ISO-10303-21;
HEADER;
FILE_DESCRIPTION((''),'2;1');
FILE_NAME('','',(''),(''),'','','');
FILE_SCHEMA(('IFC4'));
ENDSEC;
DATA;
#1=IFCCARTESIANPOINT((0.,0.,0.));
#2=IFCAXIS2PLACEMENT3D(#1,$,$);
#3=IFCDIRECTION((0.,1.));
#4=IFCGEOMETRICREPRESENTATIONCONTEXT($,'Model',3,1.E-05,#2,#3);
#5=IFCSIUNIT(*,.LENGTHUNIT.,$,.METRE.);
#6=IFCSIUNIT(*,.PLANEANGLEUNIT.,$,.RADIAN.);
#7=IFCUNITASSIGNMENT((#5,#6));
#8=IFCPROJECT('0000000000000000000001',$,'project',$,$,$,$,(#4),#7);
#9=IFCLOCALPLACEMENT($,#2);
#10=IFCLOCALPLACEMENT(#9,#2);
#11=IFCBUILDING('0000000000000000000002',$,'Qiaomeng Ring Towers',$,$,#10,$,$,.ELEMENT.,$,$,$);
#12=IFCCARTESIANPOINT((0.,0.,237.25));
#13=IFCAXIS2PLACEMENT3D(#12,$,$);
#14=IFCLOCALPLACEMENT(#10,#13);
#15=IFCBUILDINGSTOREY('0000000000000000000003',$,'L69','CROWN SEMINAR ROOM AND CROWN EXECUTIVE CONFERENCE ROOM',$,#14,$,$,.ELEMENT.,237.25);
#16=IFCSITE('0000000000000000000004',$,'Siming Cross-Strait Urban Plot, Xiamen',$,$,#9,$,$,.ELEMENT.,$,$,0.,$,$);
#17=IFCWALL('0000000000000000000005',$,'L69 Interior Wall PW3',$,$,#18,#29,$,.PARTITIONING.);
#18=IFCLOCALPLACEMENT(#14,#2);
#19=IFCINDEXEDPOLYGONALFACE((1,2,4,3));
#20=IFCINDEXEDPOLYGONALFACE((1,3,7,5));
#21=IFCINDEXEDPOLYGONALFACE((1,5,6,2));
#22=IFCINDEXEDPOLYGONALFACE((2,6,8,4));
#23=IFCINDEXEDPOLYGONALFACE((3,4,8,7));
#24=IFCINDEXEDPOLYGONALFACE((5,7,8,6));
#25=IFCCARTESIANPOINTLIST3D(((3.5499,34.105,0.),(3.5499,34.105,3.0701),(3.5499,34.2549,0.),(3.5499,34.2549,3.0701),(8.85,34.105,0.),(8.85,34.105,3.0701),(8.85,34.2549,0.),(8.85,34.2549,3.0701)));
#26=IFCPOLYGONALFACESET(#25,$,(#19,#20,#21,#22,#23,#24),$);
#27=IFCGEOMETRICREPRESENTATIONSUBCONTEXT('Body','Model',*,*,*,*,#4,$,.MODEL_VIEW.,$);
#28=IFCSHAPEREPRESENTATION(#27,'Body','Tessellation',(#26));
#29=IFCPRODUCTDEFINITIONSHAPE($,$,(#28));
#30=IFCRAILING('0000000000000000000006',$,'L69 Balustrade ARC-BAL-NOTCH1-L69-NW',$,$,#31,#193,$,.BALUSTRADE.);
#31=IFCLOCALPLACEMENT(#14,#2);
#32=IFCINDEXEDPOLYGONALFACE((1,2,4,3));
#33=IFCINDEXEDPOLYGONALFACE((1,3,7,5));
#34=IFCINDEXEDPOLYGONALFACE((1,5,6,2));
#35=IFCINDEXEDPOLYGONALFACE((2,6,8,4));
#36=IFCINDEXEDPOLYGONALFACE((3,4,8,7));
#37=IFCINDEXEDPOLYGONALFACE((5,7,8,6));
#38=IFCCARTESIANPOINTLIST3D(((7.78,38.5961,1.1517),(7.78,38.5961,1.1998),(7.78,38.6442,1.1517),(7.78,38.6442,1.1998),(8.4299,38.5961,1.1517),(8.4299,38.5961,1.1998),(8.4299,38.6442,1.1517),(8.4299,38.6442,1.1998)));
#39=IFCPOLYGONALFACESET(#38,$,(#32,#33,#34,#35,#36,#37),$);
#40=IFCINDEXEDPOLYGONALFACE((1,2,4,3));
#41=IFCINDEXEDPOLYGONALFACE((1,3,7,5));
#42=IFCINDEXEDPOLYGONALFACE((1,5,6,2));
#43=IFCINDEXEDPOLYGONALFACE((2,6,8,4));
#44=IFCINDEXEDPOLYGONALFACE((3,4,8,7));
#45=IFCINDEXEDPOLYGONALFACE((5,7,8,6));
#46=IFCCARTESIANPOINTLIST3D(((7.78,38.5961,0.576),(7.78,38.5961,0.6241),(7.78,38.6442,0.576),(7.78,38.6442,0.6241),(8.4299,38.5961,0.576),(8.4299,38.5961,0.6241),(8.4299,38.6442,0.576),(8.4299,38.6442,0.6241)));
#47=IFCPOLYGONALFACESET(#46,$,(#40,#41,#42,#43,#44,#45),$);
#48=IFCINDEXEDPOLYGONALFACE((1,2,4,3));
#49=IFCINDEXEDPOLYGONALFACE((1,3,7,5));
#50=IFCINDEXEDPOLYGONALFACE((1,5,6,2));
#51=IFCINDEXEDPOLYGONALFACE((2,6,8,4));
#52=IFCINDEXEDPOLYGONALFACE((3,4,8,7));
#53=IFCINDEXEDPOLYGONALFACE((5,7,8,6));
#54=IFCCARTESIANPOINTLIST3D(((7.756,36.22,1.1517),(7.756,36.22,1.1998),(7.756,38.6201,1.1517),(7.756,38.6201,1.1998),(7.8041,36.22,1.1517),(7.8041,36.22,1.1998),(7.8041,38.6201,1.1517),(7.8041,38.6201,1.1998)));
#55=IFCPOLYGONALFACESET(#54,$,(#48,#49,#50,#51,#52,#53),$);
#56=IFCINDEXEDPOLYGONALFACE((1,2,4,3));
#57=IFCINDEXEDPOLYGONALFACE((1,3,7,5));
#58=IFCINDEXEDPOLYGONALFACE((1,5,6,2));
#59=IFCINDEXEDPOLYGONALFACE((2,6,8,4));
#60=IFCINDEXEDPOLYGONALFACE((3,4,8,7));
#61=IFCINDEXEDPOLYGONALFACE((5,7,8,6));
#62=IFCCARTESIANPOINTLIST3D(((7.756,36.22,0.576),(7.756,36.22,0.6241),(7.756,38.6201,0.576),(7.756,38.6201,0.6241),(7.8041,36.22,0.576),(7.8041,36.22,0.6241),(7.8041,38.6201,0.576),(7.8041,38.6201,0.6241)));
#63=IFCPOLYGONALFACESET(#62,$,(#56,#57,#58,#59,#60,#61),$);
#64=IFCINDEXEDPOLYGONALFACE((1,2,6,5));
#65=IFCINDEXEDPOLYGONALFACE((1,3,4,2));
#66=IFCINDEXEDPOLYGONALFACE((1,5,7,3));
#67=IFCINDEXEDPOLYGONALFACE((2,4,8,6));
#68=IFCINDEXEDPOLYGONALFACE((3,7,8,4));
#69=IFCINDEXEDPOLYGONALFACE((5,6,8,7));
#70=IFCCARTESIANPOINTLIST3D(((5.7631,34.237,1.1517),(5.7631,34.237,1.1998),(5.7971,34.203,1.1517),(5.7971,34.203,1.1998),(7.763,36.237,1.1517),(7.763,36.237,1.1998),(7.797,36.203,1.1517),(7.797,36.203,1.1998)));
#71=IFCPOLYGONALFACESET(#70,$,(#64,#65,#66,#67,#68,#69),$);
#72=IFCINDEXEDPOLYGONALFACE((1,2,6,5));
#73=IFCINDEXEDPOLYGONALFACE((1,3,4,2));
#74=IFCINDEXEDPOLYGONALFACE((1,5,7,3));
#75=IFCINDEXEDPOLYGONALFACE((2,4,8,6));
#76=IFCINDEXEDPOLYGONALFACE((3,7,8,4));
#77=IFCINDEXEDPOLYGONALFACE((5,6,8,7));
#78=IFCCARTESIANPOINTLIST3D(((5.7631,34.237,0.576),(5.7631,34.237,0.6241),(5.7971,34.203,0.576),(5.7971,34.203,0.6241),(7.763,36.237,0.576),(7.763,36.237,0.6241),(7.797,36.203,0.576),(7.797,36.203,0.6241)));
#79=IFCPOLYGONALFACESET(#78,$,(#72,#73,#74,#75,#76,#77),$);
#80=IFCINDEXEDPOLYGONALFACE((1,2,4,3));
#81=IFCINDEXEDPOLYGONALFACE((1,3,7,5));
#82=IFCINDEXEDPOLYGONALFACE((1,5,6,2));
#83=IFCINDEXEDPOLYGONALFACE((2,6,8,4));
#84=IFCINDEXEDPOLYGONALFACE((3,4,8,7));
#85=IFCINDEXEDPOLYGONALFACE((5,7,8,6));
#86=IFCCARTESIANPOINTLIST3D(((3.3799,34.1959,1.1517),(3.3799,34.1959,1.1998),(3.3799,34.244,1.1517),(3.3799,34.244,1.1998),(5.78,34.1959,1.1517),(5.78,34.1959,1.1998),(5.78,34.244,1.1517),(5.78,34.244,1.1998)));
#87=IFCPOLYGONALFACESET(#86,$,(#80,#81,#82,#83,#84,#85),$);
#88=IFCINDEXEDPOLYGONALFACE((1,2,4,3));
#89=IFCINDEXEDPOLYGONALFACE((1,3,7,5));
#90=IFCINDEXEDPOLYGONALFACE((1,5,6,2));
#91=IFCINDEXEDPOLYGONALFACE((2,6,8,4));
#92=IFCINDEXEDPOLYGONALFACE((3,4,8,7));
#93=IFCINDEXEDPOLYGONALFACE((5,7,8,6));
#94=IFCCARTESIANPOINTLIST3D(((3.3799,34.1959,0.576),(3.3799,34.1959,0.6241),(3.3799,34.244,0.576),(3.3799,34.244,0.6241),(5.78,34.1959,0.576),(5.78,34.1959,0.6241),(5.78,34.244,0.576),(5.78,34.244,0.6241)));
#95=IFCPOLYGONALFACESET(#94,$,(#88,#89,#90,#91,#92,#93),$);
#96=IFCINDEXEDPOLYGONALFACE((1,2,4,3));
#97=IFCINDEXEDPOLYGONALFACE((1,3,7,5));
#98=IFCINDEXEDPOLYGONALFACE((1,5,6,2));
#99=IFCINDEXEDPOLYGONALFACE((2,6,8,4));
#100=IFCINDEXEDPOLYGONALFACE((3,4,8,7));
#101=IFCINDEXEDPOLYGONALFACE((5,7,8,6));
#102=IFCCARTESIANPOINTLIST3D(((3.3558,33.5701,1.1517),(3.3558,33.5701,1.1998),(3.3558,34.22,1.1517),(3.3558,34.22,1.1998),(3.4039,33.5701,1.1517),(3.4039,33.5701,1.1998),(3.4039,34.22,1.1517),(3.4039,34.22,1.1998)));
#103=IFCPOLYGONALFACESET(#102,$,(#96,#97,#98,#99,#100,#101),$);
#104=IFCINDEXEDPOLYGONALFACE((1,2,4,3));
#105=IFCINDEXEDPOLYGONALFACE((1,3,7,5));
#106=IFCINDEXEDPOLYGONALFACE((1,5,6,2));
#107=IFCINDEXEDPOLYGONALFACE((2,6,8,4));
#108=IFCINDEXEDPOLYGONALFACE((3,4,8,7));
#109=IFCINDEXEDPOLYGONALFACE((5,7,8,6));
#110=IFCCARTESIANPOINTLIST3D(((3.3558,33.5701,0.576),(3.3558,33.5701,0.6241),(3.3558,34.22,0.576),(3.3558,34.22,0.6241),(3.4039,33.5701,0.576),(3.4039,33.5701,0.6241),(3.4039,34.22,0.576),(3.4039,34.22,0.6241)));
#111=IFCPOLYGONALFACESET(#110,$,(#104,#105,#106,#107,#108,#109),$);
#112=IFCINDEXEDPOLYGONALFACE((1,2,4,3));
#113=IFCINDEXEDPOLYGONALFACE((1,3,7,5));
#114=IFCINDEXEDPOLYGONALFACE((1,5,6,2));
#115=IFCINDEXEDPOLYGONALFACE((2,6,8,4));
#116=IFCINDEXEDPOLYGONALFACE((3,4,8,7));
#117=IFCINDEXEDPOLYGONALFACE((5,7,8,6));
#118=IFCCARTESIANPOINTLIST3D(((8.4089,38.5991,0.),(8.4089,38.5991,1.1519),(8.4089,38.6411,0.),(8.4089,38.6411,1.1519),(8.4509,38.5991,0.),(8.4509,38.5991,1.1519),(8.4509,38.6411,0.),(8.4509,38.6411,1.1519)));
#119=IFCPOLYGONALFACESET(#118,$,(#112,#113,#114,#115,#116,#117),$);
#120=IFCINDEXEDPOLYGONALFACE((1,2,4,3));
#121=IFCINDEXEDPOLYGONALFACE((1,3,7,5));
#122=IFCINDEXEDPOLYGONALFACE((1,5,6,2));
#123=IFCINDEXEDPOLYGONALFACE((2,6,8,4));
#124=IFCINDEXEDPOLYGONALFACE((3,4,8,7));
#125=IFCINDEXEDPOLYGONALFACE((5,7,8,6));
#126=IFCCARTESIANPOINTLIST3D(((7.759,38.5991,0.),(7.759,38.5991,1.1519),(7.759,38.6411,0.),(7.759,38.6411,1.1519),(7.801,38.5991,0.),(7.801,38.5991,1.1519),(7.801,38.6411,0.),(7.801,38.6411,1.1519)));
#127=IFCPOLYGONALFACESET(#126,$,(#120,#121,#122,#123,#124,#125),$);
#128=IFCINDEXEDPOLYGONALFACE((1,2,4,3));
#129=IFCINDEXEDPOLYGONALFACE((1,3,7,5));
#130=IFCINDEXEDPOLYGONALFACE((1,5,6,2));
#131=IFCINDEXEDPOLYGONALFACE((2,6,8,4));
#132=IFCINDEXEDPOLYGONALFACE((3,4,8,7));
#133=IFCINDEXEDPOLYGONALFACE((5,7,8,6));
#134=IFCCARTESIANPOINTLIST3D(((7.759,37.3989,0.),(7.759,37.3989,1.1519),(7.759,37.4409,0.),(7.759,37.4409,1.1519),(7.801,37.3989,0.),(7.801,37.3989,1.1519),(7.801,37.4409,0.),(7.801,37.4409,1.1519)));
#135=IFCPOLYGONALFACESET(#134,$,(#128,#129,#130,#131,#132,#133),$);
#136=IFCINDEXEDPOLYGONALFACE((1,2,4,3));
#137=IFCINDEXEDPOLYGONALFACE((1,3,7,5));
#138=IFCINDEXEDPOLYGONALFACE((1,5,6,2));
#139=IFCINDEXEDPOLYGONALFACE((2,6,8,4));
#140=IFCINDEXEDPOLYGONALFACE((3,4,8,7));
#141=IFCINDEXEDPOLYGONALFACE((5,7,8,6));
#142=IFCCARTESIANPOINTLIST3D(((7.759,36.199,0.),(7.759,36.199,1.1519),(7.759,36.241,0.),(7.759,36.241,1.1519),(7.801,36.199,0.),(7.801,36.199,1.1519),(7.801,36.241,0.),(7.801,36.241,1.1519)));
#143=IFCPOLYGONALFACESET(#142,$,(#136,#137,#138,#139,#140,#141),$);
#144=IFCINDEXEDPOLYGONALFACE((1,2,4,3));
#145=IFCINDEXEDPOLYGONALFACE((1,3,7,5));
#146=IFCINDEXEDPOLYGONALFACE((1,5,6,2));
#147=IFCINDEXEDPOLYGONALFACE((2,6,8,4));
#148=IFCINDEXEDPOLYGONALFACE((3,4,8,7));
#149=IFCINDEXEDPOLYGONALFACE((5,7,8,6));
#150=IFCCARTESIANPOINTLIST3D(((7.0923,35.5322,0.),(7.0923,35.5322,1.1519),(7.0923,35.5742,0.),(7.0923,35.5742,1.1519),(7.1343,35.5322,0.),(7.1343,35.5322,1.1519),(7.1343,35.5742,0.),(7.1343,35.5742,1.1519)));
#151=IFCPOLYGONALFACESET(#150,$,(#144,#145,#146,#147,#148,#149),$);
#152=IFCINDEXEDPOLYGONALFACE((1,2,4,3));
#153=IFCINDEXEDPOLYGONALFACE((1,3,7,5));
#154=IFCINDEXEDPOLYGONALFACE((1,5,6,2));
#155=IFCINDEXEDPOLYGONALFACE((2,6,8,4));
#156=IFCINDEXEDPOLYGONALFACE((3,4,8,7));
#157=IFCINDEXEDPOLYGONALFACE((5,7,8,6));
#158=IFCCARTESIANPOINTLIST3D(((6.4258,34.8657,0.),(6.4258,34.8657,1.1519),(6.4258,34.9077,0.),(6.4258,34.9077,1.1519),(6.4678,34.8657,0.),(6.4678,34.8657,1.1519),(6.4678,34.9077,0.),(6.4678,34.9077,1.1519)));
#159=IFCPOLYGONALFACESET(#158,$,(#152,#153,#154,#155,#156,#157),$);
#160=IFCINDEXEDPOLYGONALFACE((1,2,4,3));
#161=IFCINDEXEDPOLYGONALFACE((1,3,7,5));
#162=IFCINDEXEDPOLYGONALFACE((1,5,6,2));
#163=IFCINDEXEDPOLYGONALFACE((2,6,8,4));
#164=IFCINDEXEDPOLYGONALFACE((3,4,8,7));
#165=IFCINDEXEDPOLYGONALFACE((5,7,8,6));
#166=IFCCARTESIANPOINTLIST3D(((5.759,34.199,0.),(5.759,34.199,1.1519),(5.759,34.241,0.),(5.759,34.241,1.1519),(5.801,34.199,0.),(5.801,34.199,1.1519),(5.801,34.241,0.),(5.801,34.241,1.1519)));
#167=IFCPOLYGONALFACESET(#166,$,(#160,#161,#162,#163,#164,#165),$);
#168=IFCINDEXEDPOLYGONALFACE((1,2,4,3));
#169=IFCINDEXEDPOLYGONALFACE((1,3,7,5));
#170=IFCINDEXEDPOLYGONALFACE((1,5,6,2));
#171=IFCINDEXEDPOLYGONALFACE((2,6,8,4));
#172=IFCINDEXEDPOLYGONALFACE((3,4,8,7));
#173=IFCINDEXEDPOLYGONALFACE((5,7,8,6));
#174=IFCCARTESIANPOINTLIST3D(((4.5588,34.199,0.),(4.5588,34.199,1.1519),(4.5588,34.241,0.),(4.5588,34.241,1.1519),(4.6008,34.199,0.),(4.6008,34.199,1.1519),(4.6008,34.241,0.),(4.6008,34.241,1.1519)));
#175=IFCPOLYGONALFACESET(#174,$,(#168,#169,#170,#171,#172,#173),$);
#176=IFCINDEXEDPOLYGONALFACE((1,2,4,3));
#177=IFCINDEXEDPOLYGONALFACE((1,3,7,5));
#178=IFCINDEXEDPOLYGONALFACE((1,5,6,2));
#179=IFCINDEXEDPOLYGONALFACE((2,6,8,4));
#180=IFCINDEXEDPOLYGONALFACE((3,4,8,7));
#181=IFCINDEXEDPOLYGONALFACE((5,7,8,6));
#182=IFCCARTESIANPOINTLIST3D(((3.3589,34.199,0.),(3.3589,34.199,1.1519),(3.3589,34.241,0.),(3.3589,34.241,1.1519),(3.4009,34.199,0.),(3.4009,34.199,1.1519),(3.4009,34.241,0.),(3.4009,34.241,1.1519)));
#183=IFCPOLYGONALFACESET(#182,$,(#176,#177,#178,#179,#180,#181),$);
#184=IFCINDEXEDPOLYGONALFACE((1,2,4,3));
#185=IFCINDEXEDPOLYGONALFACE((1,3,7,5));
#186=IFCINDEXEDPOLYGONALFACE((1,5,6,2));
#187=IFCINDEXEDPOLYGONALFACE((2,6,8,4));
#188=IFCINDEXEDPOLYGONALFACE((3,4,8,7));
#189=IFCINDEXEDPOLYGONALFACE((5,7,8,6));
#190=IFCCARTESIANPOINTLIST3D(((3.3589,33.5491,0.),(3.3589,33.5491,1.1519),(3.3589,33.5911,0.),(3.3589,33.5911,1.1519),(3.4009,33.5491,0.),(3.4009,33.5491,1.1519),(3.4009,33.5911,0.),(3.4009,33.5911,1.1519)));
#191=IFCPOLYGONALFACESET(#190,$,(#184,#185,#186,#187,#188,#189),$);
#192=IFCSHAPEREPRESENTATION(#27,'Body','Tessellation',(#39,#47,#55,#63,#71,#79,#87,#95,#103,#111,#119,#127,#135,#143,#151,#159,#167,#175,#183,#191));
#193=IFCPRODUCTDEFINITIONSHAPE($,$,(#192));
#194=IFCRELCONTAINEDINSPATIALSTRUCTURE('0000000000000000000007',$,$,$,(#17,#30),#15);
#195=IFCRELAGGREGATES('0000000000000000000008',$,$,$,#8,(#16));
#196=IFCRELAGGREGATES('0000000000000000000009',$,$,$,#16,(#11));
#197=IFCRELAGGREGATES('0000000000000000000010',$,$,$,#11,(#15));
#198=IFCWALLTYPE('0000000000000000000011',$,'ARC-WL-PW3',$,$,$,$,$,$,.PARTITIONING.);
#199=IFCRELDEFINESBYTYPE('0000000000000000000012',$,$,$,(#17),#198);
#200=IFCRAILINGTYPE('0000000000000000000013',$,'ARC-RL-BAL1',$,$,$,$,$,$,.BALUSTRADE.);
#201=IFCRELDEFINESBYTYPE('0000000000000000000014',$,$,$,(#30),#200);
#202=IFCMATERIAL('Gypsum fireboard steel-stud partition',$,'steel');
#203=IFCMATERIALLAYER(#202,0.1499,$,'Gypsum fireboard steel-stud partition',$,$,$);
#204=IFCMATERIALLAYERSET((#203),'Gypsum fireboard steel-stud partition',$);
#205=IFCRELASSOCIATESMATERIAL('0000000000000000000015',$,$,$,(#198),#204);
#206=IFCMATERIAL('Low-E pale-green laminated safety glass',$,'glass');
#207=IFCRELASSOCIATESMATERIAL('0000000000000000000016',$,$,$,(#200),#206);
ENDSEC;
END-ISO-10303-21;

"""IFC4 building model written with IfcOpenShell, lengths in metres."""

from ifc_helpers import new_model, si_unit, direction, frame, frame_2d, origin, origin_2d, place, context, subcontext, project, spatial, rectangle, extrude, material, layer, layer_set, type_object, element, save


model = new_model("IFC4")

# Units and contexts
model_context = context("Model", 3, precision=1e-05, world=origin(), true_north=direction((0.0, 1.0)))
body_context = subcontext(model_context, "Body", "Model", "MODEL_VIEW")
ifc_project = project(units=[si_unit("LENGTHUNIT", "METRE"), si_unit("PLANEANGLEUNIT", "RADIAN")], contexts=[model_context])

# Site, building, storey
site_placement = place(None, origin())
site = spatial("IfcSite", under=ifc_project, at=site_placement, Name="Siming Cross-Strait Urban Plot, Xiamen", CompositionType="ELEMENT", RefElevation=0.0)
building_placement = place(site_placement, origin())
building = spatial("IfcBuilding", under=site, at=building_placement, Name="Qiaomeng Ring Towers", CompositionType="ELEMENT")
storey_placement = place(building_placement, frame((0.0, 0.0, 237.25)))
storey = spatial("IfcBuildingStorey", under=building, at=storey_placement, Name="L69", Description="CROWN SEMINAR ROOM AND CROWN EXECUTIVE CONFERENCE ROOM", CompositionType="ELEMENT", Elevation=237.25)

# Wall
ifc_material_1 = material(Name="Gypsum fireboard steel-stud partition", Category="steel")
ifc_layer_1 = layer(ifc_material_1, 0.1499, Name="Gypsum fireboard steel-stud partition")
ifc_layer_set_1 = layer_set([ifc_layer_1], Name="Gypsum fireboard steel-stud partition")
wall_type_1 = type_object("IfcWallType", Name="ARC-WL-PW3", PredefinedType="PARTITIONING", material=ifc_layer_set_1)
wall_1_placement = place(storey_placement, frame((3.55, 34.1799, 0.0), z_axis=(0.0, 0.0, 1.0), x_axis=(1.0, 0.0, 0.0)))
element("IfcWall", 1, at=wall_1_placement, inside=storey, type_object=wall_type_1, Name="L69 Interior Wall PW3", PredefinedType="PARTITIONING", context=body_context, shape_type="SweptSolid", body=[
    extrude(rectangle(XDim=5.3, YDim=0.1499, at=frame_2d((2.6499, 0.0))), origin(), (0.0, 0.0, 1.0), 3.0701),
])

# Railing
ifc_material_2 = material(Name="Low-E pale-green laminated safety glass", Category="glass")
railing_type = type_object("IfcRailingType", Name="ARC-RL-BAL1", PredefinedType="BALUSTRADE", material=ifc_material_2)
railing_placement = place(storey_placement, frame((8.4299, 38.6201, 0.0)))
element("IfcRailing", 2, at=railing_placement, inside=storey, type_object=railing_type, Name="L69 Balustrade ARC-BAL-NOTCH1-L69-NW", PredefinedType="BALUSTRADE", context=body_context, shape_type="SweptSolid", body=[
    extrude(rectangle(XDim=0.0481, YDim=0.0481, at=origin_2d()), frame((0.0, 0.0, 1.1758), z_axis=(-1.0, 0.0, 0.0), x_axis=(0.0, -1.0, 0.0)), (0.0, 0.0, 1.0), 0.6499),
    extrude(rectangle(XDim=0.0481, YDim=0.0481, at=origin_2d()), frame((0.0, 0.0, 0.6001), z_axis=(-1.0, 0.0, 0.0), x_axis=(0.0, -1.0, 0.0)), (0.0, 0.0, 1.0), 0.6499),
    extrude(rectangle(XDim=0.0481, YDim=0.0481, at=origin_2d()), frame((-0.6499, 0.0, 1.1758), z_axis=(0.0, -1.0, 0.0), x_axis=(1.0, 0.0, 0.0)), (0.0, 0.0, 1.0), 2.4001),
    extrude(rectangle(XDim=0.0481, YDim=0.0481, at=origin_2d()), frame((-0.6499, 0.0, 0.6001), z_axis=(0.0, -1.0, 0.0), x_axis=(1.0, 0.0, 0.0)), (0.0, 0.0, 1.0), 2.4001),
    extrude(rectangle(XDim=0.0481, YDim=0.0481, at=origin_2d()), frame((-0.6499, -2.4001, 1.1758), z_axis=(-0.707107, -0.707107, 0.0), x_axis=(0.707107, -0.707107, 0.0)), (0.0, 0.0, 1.0), 2.8284),
    extrude(rectangle(XDim=0.0481, YDim=0.0481, at=origin_2d()), frame((-0.6499, -2.4001, 0.6001), z_axis=(-0.707107, -0.707107, 0.0), x_axis=(0.707107, -0.707107, 0.0)), (0.0, 0.0, 1.0), 2.8284),
    extrude(rectangle(XDim=0.0481, YDim=0.0481, at=origin_2d()), frame((-2.6499, -4.4001, 1.1758), z_axis=(-1.0, 0.0, 0.0), x_axis=(0.0, -1.0, 0.0)), (0.0, 0.0, 1.0), 2.4001),
    extrude(rectangle(XDim=0.0481, YDim=0.0481, at=origin_2d()), frame((-2.6499, -4.4001, 0.6001), z_axis=(-1.0, 0.0, 0.0), x_axis=(0.0, -1.0, 0.0)), (0.0, 0.0, 1.0), 2.4001),
    extrude(rectangle(XDim=0.0481, YDim=0.0481, at=origin_2d()), frame((-5.05, -4.4001, 1.1758), z_axis=(0.0, -1.0, 0.0), x_axis=(1.0, 0.0, 0.0)), (0.0, 0.0, 1.0), 0.6499),
    extrude(rectangle(XDim=0.0481, YDim=0.0481, at=origin_2d()), frame((-5.05, -4.4001, 0.6001), z_axis=(0.0, -1.0, 0.0), x_axis=(1.0, 0.0, 0.0)), (0.0, 0.0, 1.0), 0.6499),
    extrude(rectangle(XDim=0.042, YDim=0.042, at=origin_2d()), origin(), (0.0, 0.0, 1.0), 1.1519),
    extrude(rectangle(XDim=0.042, YDim=0.042, at=origin_2d()), frame((-0.6499, 0.0, 0.0)), (0.0, 0.0, 1.0), 1.1519),
    extrude(rectangle(XDim=0.042, YDim=0.042, at=origin_2d()), frame((-0.6499, -1.2002, 0.0)), (0.0, 0.0, 1.0), 1.1519),
    extrude(rectangle(XDim=0.042, YDim=0.042, at=origin_2d()), frame((-0.6499, -2.4001, 0.0)), (0.0, 0.0, 1.0), 1.1519),
    extrude(rectangle(XDim=0.042, YDim=0.042, at=origin_2d()), frame((-1.3167, -3.0669, 0.0)), (0.0, 0.0, 1.0), 1.1519),
    extrude(rectangle(XDim=0.042, YDim=0.042, at=origin_2d()), frame((-1.9832, -3.7334, 0.0)), (0.0, 0.0, 1.0), 1.1519),
    extrude(rectangle(XDim=0.042, YDim=0.042, at=origin_2d()), frame((-2.6499, -4.4001, 0.0)), (0.0, 0.0, 1.0), 1.1519),
    extrude(rectangle(XDim=0.042, YDim=0.042, at=origin_2d()), frame((-3.8501, -4.4001, 0.0)), (0.0, 0.0, 1.0), 1.1519),
    extrude(rectangle(XDim=0.042, YDim=0.042, at=origin_2d()), frame((-5.05, -4.4001, 0.0)), (0.0, 0.0, 1.0), 1.1519),
    extrude(rectangle(XDim=0.042, YDim=0.042, at=origin_2d()), frame((-5.05, -5.05, 0.0)), (0.0, 0.0, 1.0), 1.1519),
])

save(model, "model.ifc")
